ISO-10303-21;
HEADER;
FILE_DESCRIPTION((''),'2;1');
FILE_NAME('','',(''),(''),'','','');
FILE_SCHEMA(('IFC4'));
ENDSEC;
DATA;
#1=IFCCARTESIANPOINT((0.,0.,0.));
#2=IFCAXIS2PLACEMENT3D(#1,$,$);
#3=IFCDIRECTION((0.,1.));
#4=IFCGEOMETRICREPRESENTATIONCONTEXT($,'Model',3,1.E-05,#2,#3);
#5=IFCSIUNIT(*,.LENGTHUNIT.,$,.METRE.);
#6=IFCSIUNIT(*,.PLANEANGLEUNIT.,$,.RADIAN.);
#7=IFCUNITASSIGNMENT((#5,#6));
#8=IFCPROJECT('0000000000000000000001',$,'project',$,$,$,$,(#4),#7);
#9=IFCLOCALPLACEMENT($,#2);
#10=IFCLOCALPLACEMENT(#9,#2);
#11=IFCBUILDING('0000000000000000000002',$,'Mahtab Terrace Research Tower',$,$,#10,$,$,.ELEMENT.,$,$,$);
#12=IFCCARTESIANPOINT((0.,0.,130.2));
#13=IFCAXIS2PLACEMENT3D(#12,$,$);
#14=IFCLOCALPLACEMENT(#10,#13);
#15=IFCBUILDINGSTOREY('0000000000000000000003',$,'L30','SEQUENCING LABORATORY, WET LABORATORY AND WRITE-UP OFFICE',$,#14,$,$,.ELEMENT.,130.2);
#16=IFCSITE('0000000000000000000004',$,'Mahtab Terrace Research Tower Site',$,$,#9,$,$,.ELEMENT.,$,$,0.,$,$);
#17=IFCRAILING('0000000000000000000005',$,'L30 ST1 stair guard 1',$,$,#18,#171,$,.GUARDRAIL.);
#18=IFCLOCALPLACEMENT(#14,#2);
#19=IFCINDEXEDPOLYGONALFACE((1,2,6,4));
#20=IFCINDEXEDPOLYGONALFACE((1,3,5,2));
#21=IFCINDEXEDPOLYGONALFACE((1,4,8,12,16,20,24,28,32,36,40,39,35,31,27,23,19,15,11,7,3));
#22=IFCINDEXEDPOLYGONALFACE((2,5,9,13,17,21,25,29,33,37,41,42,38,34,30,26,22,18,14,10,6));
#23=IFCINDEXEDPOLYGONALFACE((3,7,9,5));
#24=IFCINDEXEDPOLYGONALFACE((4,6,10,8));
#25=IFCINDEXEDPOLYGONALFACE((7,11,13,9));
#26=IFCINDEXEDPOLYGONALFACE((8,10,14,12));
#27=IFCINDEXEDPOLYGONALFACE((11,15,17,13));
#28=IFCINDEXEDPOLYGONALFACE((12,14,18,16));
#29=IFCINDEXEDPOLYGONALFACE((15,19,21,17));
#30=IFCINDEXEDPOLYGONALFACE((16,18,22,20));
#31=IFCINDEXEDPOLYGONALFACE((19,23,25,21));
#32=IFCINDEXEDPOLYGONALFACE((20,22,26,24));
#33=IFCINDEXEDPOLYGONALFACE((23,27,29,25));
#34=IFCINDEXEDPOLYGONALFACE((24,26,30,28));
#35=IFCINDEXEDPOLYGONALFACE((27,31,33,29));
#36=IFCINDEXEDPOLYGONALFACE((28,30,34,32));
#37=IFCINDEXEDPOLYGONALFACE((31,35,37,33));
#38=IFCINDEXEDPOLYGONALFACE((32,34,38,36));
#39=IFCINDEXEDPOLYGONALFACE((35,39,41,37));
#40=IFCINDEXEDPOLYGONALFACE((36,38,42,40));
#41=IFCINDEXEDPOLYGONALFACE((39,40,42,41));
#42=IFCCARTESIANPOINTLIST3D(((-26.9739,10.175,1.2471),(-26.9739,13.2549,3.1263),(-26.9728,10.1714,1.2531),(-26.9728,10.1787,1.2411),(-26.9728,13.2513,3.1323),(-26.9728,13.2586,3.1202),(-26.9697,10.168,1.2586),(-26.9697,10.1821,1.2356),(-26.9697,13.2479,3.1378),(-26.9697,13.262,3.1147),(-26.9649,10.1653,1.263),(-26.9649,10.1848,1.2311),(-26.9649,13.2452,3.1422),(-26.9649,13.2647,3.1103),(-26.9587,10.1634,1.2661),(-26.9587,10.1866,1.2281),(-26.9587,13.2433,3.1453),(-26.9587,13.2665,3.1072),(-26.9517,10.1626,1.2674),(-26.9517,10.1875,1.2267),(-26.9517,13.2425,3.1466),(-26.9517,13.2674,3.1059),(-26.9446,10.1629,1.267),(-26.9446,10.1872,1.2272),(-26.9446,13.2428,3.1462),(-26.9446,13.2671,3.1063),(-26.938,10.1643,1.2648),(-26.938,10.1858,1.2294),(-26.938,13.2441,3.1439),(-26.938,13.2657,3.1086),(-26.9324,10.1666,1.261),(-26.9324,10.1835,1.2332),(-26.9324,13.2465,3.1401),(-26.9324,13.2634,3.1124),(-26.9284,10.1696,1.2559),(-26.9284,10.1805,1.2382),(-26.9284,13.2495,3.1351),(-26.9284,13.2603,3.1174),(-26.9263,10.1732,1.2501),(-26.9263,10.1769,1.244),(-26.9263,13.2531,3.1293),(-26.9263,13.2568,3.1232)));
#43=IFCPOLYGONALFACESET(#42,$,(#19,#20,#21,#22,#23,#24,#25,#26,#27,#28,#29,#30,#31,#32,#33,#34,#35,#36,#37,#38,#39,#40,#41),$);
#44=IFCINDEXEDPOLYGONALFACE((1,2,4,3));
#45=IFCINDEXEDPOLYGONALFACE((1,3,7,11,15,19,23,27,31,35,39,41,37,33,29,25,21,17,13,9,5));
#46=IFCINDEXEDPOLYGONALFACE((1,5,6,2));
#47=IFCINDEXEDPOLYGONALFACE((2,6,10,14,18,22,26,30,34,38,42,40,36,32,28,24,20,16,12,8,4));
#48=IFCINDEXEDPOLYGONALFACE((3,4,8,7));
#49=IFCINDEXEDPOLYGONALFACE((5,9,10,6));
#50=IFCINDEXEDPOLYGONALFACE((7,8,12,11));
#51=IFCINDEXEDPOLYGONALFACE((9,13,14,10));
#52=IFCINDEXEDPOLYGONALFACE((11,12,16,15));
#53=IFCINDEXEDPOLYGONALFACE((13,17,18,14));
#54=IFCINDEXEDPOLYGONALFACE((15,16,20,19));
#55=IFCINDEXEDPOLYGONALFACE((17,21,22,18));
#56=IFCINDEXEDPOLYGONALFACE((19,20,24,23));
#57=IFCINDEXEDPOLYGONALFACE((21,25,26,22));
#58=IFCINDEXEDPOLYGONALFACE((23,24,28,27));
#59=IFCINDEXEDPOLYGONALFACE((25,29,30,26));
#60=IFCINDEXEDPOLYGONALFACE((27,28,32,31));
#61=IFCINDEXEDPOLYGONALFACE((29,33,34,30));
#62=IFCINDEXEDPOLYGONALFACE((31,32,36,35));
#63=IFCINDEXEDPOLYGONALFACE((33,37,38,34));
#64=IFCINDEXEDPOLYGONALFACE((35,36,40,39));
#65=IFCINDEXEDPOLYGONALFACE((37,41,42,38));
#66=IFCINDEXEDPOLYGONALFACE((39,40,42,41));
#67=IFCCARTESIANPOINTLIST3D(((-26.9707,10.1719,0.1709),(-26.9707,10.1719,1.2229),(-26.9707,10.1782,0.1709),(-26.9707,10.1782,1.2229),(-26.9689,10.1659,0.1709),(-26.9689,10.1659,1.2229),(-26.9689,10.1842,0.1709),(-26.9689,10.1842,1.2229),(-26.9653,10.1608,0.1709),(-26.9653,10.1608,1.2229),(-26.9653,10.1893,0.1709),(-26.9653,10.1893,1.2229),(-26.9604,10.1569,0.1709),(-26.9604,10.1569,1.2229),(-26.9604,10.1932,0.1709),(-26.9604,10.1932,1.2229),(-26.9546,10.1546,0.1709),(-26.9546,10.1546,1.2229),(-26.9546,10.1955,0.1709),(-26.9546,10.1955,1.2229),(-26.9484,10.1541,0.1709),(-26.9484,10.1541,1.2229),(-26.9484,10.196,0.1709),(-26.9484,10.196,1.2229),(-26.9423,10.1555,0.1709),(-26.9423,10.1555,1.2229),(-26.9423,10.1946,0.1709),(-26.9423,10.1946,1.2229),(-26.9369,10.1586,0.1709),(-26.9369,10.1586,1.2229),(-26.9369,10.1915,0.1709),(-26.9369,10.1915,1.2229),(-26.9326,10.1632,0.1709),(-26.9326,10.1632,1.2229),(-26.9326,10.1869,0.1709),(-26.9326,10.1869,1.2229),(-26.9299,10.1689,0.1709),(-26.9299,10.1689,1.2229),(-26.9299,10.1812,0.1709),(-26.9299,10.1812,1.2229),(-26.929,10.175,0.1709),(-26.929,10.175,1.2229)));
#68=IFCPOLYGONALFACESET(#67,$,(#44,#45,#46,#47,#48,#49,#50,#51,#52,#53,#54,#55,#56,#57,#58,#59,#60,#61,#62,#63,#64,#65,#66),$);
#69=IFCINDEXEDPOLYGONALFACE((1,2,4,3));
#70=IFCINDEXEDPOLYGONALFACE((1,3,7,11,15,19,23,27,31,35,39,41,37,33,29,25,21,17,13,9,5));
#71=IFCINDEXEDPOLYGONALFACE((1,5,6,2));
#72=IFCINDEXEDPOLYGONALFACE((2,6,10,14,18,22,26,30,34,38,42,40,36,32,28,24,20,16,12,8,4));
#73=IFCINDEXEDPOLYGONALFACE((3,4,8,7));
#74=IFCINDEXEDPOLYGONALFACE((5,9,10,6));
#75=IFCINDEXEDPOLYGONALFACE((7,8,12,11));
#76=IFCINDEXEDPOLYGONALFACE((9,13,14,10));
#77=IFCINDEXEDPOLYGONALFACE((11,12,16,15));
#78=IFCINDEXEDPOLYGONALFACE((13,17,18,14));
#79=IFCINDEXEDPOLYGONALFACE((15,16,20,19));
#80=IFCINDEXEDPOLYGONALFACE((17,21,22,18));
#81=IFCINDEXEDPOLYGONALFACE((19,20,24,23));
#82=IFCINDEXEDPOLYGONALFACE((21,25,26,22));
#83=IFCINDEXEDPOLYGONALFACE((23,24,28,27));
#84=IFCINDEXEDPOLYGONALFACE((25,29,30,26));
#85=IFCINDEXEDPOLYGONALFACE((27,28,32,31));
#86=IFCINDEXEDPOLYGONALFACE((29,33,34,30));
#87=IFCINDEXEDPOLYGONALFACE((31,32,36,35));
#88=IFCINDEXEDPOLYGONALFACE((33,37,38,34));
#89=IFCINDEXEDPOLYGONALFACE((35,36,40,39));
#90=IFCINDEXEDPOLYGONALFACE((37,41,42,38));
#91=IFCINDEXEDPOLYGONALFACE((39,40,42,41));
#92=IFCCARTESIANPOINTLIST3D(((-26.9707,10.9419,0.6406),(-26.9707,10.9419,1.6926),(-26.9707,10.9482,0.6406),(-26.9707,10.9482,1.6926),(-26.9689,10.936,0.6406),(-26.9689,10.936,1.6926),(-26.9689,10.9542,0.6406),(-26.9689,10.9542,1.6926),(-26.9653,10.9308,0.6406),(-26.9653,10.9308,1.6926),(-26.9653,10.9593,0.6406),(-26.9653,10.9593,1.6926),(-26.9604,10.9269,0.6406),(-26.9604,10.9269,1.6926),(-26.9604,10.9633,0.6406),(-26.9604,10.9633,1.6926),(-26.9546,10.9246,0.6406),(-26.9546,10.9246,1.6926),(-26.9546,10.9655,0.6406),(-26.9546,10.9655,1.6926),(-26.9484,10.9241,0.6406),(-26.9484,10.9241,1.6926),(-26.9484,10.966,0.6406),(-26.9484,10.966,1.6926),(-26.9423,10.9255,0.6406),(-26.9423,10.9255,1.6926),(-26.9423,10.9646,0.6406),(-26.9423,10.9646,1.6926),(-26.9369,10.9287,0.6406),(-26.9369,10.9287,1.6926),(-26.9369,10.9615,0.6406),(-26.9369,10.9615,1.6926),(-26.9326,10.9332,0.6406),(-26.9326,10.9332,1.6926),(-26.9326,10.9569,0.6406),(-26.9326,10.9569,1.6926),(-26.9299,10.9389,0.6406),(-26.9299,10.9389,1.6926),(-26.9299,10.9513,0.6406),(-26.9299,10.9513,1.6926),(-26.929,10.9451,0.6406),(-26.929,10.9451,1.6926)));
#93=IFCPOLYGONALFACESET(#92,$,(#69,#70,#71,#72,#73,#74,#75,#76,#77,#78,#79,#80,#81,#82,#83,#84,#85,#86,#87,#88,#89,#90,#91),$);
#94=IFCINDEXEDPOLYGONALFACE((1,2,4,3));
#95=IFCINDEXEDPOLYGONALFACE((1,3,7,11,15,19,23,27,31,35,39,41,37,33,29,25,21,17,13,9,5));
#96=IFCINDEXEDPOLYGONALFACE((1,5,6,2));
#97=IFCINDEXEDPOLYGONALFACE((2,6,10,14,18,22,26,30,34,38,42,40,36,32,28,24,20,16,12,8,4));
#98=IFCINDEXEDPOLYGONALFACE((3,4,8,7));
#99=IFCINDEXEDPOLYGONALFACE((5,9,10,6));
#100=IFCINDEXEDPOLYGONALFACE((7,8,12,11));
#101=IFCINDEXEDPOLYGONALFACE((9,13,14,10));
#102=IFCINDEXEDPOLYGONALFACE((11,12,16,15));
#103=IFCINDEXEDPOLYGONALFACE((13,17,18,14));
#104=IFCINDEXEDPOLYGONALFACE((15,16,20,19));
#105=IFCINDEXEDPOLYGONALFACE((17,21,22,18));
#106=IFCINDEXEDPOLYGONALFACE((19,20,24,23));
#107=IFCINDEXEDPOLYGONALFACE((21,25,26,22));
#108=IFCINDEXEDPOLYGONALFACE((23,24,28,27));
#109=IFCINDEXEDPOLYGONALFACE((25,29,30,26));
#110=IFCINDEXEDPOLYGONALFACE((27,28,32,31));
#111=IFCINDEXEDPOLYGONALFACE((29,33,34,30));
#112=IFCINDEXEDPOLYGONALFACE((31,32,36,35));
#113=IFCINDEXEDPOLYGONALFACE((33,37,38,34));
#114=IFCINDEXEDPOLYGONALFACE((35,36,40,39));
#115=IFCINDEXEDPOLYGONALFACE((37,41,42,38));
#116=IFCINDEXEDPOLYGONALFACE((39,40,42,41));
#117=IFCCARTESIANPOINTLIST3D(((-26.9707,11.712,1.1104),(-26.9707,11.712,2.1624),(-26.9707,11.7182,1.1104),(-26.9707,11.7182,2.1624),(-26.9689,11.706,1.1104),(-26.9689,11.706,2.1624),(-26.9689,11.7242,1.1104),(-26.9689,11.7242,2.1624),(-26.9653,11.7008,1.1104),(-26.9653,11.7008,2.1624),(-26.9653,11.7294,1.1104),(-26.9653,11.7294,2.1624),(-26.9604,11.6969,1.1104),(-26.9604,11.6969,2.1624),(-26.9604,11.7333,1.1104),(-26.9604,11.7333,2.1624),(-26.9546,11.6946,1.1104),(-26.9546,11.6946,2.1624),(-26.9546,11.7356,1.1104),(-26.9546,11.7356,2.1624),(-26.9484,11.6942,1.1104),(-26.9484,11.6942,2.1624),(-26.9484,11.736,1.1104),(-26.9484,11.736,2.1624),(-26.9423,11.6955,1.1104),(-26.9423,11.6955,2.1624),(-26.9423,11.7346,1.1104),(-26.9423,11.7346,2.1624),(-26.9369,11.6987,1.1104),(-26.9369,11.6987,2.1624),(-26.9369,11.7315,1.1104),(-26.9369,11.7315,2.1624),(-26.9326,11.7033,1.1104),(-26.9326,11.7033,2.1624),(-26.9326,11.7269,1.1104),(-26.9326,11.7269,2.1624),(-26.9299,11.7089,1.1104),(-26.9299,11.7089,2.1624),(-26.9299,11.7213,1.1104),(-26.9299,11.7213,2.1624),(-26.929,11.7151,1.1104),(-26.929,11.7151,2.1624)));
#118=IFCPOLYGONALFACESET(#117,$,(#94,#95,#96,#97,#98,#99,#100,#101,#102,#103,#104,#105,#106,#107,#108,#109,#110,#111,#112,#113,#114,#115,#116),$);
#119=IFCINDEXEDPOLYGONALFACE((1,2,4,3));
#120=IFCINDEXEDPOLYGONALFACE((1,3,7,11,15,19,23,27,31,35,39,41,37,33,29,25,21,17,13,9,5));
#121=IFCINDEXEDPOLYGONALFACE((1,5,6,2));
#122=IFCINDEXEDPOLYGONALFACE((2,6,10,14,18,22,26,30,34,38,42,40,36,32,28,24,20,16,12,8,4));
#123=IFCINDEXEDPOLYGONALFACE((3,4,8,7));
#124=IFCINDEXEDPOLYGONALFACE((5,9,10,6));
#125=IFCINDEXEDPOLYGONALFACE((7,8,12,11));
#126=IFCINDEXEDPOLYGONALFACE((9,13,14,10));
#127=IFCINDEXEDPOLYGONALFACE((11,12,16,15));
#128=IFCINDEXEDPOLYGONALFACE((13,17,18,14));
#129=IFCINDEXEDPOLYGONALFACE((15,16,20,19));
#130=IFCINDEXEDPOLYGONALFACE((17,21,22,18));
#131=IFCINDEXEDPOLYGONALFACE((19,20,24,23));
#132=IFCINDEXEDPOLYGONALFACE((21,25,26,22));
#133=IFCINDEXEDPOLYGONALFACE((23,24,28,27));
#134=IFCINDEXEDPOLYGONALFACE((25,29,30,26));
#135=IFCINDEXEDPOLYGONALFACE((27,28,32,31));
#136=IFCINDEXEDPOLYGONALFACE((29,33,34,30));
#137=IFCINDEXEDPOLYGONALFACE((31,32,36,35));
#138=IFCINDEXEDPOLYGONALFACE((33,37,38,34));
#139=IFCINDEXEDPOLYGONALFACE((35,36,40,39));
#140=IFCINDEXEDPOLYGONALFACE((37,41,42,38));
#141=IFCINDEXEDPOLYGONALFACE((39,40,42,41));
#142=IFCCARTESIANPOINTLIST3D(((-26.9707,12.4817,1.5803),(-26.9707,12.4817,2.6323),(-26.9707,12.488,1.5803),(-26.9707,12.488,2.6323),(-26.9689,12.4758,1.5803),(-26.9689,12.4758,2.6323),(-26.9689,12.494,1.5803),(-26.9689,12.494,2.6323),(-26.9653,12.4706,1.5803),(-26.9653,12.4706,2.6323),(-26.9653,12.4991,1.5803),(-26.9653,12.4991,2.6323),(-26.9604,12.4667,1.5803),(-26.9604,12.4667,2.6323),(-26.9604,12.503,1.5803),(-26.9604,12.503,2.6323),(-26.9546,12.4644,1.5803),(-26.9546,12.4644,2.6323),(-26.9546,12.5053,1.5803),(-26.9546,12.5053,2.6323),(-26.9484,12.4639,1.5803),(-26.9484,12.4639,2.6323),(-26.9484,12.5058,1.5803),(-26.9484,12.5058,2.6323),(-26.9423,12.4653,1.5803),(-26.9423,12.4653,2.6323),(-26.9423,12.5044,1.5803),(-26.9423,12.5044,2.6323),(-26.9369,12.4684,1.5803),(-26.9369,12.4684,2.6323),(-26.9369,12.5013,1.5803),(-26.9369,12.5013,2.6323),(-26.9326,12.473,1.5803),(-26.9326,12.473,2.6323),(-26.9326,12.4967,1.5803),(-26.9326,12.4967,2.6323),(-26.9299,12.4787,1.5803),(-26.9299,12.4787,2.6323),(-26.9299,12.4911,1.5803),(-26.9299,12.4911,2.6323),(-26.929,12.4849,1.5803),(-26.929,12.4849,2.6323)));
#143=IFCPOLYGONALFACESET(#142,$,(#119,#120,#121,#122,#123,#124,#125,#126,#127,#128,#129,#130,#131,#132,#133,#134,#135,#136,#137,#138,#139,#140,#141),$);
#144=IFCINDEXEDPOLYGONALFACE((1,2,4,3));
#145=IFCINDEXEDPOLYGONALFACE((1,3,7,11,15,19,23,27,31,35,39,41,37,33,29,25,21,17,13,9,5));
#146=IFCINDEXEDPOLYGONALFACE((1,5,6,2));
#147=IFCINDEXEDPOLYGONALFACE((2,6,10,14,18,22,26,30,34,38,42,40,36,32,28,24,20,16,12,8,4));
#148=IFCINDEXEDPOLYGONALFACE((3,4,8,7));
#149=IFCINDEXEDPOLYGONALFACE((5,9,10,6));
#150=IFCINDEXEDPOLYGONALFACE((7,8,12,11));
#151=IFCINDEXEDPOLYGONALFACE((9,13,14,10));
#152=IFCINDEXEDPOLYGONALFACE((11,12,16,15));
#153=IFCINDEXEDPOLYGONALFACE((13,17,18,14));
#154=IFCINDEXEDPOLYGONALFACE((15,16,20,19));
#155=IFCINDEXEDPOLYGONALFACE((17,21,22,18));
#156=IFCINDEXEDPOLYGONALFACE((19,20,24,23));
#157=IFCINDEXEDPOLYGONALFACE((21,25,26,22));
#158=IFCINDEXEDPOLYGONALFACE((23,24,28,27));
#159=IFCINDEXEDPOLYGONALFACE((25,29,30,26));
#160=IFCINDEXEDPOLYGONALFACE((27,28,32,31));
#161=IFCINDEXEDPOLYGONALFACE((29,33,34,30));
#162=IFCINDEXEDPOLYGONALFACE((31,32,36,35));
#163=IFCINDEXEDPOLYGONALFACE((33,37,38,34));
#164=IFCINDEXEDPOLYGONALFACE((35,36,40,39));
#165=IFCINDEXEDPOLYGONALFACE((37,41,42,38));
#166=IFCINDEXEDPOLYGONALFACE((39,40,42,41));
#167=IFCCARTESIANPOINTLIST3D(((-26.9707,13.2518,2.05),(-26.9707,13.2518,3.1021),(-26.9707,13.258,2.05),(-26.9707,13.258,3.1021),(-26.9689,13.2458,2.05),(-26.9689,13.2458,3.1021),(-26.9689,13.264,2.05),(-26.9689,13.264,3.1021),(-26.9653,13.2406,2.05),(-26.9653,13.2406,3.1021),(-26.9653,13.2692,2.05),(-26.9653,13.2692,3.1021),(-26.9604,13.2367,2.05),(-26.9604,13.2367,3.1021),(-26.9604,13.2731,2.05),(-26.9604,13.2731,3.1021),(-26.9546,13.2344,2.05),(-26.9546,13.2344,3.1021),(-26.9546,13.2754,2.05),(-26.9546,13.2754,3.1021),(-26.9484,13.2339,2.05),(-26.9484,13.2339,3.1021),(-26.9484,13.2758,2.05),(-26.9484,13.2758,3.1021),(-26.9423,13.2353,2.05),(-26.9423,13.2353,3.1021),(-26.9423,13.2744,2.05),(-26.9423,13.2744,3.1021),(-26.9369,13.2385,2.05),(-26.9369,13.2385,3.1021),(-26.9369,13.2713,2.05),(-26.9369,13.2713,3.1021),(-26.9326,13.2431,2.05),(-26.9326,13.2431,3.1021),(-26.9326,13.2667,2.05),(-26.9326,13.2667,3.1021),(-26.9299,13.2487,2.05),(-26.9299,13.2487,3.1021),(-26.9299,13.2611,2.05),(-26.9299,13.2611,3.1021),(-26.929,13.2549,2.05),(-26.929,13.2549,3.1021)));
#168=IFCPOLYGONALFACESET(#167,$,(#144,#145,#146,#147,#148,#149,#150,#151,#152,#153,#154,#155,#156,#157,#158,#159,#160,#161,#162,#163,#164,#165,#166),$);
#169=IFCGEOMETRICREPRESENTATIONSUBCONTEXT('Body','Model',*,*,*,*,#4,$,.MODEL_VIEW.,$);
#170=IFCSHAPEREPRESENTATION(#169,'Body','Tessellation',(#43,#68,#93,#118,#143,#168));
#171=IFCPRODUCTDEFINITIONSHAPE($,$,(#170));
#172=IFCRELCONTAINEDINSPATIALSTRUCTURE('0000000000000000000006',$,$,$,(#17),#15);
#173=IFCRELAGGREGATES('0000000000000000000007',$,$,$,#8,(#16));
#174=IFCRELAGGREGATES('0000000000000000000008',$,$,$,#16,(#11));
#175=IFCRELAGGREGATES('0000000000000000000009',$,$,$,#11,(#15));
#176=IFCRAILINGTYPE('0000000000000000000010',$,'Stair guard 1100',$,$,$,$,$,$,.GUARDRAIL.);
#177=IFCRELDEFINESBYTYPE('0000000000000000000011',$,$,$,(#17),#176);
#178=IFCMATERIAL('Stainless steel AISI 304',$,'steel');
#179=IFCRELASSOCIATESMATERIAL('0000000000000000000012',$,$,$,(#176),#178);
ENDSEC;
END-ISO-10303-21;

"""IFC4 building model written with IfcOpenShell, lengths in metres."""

from ifc_helpers import new_model, si_unit, direction, frame, origin, origin_2d, place, context, subcontext, project, spatial, circle, extrude, material, type_object, element, save


model = new_model("IFC4")

# Units and contexts
model_context = context("Model", 3, precision=1e-05, world=origin(), true_north=direction((0.0, 1.0)))
body_context = subcontext(model_context, "Body", "Model", "MODEL_VIEW")
ifc_project = project(units=[si_unit("LENGTHUNIT", "METRE"), si_unit("PLANEANGLEUNIT", "RADIAN")], contexts=[model_context])

# Site, building, storey
site_placement = place(None, origin())
site = spatial("IfcSite", under=ifc_project, at=site_placement, Name="Mahtab Terrace Research Tower Site", CompositionType="ELEMENT", RefElevation=0.0)
building_placement = place(site_placement, origin())
building = spatial("IfcBuilding", under=site, at=building_placement, Name="Mahtab Terrace Research Tower", CompositionType="ELEMENT")
storey_placement = place(building_placement, frame((0.0, 0.0, 130.2)))
storey = spatial("IfcBuildingStorey", under=building, at=storey_placement, Name="L30", Description="SEQUENCING LABORATORY, WET LABORATORY AND WRITE-UP OFFICE", CompositionType="ELEMENT", Elevation=130.2)

# Railing
ifc_material_1 = material(Name="Stainless steel AISI 304", Category="steel")
railing_type_1 = type_object("IfcRailingType", Name="Stair guard 1100", PredefinedType="GUARDRAIL", material=ifc_material_1)
railing_1_placement = place(storey_placement, frame((-26.95, 10.175, 0.1709)))
element("IfcRailing", 1, at=railing_1_placement, inside=storey, type_object=railing_type_1, Name="L30 ST1 stair guard 1", PredefinedType="GUARDRAIL", context=body_context, shape_type="SweptSolid", body=[
    extrude(circle(Radius=0.0239, at=origin_2d()), frame((0.0, 0.0, 1.0762), z_axis=(0.0, 0.853648, 0.52085), x_axis=(-1.0, 0.0, 0.0)), (0.0, 0.0, 1.0), 3.6079),
    extrude(circle(Radius=0.021, at=origin_2d()), origin(), (0.0, 0.0, 1.0), 1.052),
    extrude(circle(Radius=0.021, at=origin_2d()), frame((0.0, 0.77, 0.4697)), (0.0, 0.0, 1.0), 1.052),
    extrude(circle(Radius=0.021, at=origin_2d()), frame((0.0, 1.54, 0.9395)), (0.0, 0.0, 1.0), 1.052),
    extrude(circle(Radius=0.021, at=origin_2d()), frame((0.0, 2.3098, 1.4094)), (0.0, 0.0, 1.0), 1.052),
    extrude(circle(Radius=0.021, at=origin_2d()), frame((0.0, 3.0798, 1.8792)), (0.0, 0.0, 1.0), 1.052),
])

save(model, "model.ifc")
